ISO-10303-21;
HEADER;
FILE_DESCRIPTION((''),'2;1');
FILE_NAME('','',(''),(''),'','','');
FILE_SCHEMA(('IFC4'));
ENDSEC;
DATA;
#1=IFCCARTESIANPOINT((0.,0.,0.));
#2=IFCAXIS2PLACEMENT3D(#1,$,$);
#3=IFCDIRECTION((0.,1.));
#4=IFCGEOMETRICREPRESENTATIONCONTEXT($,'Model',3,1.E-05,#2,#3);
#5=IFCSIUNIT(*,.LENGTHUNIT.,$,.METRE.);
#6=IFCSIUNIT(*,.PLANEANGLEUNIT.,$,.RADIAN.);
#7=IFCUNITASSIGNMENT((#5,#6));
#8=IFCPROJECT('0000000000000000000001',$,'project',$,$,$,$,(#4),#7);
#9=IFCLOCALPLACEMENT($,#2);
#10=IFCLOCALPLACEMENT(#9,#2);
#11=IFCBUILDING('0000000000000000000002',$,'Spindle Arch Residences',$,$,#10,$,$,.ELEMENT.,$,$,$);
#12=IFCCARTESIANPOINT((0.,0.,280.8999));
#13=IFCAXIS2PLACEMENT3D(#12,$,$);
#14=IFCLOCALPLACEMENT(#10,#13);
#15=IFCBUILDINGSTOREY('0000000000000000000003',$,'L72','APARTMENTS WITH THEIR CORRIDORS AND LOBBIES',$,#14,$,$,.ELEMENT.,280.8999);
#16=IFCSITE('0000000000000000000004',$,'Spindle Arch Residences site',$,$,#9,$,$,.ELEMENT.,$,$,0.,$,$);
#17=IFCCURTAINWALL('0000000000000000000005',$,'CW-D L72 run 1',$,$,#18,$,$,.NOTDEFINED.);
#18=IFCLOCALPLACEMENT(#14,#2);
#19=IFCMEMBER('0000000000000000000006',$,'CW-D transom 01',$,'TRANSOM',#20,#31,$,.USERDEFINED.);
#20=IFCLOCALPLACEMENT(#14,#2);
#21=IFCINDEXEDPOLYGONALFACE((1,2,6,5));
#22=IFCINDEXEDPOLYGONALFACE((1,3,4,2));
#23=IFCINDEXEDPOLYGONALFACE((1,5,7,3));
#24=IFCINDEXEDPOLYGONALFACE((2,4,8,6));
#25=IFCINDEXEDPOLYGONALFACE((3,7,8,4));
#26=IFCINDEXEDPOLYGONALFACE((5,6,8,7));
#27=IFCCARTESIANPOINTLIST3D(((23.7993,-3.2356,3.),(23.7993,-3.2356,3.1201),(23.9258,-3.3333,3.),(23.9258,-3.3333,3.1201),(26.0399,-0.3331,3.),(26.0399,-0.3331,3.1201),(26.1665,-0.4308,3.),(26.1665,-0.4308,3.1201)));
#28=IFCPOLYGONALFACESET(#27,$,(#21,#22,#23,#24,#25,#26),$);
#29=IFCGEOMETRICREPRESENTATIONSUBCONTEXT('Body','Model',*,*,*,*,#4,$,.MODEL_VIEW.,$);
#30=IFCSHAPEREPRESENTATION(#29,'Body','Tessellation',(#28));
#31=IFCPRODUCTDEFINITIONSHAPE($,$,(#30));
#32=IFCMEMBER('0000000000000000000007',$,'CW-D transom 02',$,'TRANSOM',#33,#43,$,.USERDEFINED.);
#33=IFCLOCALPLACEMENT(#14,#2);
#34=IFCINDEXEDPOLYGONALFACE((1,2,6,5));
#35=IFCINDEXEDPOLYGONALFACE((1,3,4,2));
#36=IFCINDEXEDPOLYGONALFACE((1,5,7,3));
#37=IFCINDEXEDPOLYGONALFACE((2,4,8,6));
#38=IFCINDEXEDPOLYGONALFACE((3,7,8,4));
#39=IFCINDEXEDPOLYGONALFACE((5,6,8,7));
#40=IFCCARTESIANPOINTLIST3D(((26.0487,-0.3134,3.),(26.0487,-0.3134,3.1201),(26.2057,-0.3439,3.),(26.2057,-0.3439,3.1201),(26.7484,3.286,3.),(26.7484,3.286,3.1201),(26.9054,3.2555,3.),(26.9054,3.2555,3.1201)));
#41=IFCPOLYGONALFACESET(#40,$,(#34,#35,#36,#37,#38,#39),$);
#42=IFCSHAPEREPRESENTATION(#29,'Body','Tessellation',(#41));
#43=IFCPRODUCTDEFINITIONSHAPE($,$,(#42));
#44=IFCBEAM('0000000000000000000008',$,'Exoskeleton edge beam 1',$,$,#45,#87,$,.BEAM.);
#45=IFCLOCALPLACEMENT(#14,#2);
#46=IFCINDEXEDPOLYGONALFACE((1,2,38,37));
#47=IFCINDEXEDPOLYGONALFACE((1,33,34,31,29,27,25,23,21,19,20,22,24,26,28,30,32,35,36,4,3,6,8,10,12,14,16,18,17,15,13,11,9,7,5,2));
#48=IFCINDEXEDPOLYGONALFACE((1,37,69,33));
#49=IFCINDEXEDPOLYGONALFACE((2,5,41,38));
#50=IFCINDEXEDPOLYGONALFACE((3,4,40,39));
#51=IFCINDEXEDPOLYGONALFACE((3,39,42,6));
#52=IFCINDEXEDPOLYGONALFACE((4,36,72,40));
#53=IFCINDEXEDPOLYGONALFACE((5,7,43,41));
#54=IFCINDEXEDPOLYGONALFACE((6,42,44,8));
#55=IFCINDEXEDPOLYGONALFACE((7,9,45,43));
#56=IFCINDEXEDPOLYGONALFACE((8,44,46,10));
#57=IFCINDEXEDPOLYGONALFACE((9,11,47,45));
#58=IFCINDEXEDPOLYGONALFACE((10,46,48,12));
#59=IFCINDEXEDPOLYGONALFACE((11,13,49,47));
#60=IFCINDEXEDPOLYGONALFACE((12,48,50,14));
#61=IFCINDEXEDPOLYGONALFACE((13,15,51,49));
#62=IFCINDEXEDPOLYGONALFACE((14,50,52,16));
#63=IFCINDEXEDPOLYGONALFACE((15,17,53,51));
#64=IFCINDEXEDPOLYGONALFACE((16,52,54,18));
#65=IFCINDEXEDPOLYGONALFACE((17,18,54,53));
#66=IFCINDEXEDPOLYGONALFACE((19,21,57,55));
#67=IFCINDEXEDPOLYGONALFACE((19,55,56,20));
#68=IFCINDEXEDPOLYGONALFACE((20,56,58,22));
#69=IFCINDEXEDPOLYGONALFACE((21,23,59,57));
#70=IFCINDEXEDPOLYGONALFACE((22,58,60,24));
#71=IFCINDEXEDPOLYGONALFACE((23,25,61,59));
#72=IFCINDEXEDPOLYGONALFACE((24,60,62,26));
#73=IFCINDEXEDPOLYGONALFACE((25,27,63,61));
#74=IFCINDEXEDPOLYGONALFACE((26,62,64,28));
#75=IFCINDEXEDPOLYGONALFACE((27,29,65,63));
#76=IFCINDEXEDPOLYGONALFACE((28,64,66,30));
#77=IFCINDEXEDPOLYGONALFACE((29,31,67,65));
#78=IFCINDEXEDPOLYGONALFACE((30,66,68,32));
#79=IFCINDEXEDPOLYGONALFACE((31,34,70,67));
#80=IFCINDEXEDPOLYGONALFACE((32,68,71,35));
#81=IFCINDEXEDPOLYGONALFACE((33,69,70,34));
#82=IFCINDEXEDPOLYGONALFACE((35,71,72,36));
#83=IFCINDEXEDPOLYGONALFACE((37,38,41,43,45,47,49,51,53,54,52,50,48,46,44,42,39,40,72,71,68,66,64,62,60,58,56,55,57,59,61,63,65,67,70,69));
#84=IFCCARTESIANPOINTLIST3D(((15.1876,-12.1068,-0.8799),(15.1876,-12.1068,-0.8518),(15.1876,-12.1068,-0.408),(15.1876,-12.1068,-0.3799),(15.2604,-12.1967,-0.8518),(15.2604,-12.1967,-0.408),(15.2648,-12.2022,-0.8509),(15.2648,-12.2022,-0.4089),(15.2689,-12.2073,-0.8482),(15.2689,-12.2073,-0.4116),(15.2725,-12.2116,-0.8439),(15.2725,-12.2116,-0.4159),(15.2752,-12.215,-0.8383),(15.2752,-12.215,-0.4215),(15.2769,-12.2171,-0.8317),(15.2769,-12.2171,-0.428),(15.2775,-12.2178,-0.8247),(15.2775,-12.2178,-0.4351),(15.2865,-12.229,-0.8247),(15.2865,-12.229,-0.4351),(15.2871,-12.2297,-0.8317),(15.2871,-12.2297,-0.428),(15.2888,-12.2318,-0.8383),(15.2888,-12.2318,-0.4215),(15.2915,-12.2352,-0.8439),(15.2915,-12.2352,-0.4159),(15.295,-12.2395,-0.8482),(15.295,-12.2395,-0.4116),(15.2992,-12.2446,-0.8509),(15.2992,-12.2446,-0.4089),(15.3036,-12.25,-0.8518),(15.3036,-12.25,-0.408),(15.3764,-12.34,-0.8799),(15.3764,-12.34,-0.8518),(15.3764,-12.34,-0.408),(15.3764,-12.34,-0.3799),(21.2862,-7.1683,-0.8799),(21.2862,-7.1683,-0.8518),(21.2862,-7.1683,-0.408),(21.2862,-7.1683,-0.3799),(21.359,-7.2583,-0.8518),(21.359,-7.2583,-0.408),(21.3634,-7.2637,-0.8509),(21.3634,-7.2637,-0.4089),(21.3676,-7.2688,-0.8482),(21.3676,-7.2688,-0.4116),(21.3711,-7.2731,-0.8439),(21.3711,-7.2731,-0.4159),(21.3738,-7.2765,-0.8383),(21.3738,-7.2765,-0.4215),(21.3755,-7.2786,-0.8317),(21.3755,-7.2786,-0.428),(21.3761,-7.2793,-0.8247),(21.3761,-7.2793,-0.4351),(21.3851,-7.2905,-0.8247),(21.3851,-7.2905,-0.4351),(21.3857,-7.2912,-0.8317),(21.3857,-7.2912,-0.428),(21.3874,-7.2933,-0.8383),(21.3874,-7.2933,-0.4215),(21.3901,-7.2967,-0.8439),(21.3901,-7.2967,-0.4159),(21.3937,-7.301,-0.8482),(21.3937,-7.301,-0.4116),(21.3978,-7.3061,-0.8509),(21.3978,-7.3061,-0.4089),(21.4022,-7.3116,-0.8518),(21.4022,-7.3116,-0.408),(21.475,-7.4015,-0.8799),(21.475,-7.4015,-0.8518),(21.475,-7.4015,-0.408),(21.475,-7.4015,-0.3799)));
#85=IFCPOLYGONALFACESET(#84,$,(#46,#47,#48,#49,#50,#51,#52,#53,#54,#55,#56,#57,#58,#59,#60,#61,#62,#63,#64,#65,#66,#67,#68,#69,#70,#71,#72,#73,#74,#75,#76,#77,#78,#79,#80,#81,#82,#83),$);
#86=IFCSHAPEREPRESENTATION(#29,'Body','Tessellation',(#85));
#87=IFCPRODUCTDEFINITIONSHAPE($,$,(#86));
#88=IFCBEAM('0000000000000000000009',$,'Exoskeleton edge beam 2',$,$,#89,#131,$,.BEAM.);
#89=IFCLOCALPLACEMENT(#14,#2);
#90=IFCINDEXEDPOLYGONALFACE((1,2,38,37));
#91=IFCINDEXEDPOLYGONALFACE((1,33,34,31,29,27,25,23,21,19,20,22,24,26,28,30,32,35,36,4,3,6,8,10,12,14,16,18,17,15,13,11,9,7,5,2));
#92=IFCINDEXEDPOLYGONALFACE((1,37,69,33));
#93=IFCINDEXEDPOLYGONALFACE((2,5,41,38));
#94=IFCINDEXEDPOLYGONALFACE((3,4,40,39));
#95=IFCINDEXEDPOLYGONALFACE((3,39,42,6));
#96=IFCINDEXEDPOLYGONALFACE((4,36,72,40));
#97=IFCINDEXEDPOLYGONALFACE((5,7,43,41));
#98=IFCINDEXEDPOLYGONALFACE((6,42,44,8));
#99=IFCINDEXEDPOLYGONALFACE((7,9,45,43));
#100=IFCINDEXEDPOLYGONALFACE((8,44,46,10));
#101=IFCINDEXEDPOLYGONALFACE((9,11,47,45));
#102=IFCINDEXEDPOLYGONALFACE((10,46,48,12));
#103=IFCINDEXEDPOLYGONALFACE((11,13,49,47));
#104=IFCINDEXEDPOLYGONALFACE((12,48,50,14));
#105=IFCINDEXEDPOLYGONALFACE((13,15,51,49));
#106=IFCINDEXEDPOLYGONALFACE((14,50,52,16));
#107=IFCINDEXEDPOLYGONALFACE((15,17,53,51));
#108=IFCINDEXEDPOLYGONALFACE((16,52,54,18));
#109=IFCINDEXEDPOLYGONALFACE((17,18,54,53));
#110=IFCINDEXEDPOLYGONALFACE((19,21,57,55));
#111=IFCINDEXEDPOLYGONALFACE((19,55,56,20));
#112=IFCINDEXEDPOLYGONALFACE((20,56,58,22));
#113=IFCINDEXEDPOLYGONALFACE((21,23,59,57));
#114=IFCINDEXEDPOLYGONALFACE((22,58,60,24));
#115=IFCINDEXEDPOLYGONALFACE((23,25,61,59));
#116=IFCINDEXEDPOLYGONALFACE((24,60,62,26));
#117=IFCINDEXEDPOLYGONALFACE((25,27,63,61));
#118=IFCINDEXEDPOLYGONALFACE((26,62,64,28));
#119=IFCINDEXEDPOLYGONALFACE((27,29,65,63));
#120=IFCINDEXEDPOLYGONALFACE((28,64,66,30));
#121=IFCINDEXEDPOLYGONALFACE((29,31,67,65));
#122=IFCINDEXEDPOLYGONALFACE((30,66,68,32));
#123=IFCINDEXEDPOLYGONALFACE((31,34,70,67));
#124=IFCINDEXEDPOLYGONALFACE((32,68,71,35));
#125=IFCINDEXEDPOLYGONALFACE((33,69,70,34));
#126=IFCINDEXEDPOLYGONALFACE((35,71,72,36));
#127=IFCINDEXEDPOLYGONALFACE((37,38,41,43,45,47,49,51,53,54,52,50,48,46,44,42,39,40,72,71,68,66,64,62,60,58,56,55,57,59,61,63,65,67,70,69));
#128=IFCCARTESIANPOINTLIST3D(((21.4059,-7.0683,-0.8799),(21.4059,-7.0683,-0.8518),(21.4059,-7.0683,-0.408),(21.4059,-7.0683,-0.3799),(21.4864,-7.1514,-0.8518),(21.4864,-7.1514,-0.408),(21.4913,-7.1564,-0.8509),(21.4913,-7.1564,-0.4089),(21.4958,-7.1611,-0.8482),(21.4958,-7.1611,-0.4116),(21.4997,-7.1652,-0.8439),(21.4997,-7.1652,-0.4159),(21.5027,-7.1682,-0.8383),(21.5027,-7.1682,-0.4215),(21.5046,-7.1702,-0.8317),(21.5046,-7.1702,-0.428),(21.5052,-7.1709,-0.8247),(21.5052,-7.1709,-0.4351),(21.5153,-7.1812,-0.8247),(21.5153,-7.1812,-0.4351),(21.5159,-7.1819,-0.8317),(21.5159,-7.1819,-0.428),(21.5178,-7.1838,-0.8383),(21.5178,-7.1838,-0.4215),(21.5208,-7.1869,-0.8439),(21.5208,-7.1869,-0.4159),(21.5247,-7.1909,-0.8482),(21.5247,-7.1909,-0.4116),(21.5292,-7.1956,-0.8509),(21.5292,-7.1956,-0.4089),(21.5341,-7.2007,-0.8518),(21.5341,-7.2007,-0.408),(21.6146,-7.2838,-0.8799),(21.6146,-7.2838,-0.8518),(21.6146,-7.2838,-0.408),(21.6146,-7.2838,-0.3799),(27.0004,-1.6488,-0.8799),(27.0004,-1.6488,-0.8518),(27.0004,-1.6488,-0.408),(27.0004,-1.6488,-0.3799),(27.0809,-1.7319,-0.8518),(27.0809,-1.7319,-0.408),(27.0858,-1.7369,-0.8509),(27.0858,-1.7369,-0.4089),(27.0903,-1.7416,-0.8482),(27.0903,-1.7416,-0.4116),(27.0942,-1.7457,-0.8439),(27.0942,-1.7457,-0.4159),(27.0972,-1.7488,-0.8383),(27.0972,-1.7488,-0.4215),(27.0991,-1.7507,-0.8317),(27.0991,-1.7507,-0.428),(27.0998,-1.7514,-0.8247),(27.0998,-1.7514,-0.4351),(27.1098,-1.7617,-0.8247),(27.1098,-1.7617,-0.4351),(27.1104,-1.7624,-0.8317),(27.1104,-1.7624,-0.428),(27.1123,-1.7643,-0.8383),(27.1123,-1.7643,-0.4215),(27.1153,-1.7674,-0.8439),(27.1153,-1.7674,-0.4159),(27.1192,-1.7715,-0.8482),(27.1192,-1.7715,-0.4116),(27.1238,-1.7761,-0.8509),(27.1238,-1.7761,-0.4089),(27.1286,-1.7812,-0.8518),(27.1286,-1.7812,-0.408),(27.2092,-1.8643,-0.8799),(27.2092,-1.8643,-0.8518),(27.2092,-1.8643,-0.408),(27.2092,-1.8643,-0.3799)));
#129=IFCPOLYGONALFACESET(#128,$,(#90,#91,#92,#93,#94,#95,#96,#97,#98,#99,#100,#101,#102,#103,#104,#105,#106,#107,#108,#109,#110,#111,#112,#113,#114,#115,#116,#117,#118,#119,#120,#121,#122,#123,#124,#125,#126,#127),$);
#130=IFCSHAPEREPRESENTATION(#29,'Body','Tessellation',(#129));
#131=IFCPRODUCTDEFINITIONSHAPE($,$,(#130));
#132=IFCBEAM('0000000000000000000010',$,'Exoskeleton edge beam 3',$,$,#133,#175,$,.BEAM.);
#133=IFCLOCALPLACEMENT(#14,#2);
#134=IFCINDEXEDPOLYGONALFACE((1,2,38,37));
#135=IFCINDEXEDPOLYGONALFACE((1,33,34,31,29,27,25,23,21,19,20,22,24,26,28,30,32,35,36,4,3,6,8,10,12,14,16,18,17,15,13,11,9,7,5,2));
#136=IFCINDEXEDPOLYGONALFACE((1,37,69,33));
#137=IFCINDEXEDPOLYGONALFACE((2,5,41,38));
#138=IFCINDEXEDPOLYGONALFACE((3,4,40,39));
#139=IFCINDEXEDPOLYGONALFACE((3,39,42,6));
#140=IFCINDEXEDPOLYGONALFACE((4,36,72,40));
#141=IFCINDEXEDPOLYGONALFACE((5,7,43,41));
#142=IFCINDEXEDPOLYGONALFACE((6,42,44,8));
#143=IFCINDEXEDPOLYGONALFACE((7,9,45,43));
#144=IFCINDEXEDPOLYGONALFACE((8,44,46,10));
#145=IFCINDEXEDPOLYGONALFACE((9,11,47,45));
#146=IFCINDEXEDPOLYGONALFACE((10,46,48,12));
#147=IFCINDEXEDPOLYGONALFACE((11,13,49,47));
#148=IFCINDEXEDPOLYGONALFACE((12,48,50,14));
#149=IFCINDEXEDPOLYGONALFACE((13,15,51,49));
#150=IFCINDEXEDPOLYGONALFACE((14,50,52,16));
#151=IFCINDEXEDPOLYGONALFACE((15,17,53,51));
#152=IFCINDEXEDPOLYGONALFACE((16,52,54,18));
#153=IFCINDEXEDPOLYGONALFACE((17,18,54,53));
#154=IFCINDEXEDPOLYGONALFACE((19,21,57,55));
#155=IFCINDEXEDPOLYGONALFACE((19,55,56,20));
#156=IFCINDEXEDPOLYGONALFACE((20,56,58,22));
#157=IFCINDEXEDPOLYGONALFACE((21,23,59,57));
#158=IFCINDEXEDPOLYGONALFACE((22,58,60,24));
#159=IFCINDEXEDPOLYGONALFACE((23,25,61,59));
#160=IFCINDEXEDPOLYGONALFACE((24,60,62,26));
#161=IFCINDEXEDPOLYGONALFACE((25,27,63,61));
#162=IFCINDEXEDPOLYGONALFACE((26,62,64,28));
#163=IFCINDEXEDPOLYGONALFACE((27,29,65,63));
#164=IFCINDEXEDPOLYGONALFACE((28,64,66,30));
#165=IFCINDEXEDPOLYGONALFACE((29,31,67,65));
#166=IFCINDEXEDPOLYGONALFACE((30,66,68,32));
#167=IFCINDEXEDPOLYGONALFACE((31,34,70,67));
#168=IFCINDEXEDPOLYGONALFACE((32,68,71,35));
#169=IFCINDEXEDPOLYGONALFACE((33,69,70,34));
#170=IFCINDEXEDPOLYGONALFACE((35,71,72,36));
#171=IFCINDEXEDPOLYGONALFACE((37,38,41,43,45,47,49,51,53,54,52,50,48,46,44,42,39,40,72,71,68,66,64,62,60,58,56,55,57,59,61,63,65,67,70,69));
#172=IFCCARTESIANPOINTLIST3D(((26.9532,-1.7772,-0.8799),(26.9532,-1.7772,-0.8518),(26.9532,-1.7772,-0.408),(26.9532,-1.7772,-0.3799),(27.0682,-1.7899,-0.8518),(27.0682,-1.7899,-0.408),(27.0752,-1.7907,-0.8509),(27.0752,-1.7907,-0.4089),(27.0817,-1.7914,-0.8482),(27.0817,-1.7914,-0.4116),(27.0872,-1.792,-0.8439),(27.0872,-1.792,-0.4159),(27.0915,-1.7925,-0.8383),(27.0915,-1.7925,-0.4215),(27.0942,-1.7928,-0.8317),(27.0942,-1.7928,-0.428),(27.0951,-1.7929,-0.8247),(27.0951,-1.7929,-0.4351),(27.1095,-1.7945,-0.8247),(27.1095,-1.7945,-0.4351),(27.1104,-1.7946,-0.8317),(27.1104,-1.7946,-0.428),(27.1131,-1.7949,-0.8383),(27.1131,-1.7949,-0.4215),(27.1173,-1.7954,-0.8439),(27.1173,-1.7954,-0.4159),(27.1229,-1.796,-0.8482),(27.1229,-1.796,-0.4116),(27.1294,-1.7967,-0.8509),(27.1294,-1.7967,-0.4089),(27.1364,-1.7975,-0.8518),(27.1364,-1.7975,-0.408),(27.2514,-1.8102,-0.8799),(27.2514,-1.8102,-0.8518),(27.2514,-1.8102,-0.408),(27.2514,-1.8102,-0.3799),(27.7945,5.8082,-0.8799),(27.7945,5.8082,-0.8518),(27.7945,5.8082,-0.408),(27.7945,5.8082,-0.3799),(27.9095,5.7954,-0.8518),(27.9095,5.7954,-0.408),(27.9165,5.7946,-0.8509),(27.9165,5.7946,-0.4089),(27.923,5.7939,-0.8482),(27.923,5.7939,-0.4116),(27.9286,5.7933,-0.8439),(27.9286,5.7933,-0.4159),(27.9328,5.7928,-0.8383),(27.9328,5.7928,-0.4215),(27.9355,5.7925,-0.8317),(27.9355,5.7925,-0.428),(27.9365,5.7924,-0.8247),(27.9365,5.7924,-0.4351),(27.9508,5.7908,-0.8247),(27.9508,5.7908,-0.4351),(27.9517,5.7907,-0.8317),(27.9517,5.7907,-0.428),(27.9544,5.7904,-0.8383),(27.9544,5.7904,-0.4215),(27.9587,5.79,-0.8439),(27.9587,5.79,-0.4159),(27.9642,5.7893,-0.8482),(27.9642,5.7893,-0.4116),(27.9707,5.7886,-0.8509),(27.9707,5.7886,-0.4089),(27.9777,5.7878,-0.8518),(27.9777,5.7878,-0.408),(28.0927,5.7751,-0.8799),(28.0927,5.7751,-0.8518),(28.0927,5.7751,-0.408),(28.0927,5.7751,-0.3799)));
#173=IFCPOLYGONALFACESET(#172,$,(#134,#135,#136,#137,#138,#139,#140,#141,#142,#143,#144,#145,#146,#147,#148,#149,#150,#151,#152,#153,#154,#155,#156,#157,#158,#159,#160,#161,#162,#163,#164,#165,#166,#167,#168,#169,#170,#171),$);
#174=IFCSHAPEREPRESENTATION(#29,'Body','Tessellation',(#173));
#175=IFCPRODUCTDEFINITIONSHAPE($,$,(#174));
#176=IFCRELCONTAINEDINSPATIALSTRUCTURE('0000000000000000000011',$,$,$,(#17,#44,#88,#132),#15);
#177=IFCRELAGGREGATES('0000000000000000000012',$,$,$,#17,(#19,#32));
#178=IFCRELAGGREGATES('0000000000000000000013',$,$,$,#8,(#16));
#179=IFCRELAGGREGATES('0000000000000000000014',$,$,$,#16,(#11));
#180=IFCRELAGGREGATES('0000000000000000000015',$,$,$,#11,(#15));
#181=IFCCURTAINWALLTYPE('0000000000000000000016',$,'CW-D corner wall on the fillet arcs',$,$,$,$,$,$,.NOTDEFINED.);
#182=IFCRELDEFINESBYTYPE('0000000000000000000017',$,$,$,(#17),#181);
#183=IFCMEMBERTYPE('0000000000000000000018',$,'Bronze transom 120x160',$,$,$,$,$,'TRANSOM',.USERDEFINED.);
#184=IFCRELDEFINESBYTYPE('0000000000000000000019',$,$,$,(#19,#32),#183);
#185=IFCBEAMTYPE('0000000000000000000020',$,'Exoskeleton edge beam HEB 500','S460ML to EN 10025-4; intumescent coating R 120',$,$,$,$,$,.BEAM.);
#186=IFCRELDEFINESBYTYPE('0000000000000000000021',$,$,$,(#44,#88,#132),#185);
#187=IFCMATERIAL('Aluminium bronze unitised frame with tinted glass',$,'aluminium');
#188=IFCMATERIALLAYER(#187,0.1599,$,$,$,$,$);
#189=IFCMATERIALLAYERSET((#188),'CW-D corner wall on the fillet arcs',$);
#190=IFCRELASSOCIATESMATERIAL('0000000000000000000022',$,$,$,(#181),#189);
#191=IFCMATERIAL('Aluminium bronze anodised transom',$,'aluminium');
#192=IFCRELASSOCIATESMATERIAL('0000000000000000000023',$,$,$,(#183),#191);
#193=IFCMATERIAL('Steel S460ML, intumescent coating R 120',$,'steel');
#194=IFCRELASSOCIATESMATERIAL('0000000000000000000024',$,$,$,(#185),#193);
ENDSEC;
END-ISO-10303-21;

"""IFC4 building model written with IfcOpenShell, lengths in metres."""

from ifc_helpers import new_model, si_unit, direction, frame, origin, origin_2d, place, context, subcontext, project, spatial, rectangle, i_section, extrude, material, layer, layer_set, material_profile, profile_set, type_object, element, aggregate, save


model = new_model("IFC4")

# Units and contexts
model_context = context("Model", 3, precision=1e-05, world=origin(), true_north=direction((0.0, 1.0)))
body_context = subcontext(model_context, "Body", "Model", "MODEL_VIEW")
ifc_project = project(units=[si_unit("LENGTHUNIT", "METRE"), si_unit("PLANEANGLEUNIT", "RADIAN")], contexts=[model_context])

# Site, building, storey
site_placement = place(None, origin())
site = spatial("IfcSite", under=ifc_project, at=site_placement, Name="Spindle Arch Residences site", CompositionType="ELEMENT", RefElevation=0.0)
building_placement = place(site_placement, origin())
building = spatial("IfcBuilding", under=site, at=building_placement, Name="Spindle Arch Residences", CompositionType="ELEMENT")
storey_placement = place(building_placement, frame((0.0, 0.0, 280.8999)))
storey = spatial("IfcBuildingStorey", under=building, at=storey_placement, Name="L72", Description="APARTMENTS WITH THEIR CORRIDORS AND LOBBIES", CompositionType="ELEMENT", Elevation=280.8999)

# Curtain wall, members
ifc_material_1 = material(Name="Aluminium bronze unitised frame with tinted glass", Category="aluminium")
ifc_layer_1 = layer(ifc_material_1, 0.1599)
ifc_layer_set_1 = layer_set([ifc_layer_1], Name="CW-D corner wall on the fillet arcs")
curtain_wall_type_1 = type_object("IfcCurtainWallType", Name="CW-D corner wall on the fillet arcs", PredefinedType="NOTDEFINED", material=ifc_layer_set_1)
curtain_wall_1_placement = place(storey_placement, origin())
curtain_wall_1 = element("IfcCurtainWall", 1, at=curtain_wall_1_placement, inside=storey, type_object=curtain_wall_type_1, Name="CW-D L72 run 1", PredefinedType="NOTDEFINED")
ifc_material_2 = material(Name="Aluminium bronze anodised transom", Category="aluminium")
ifc_material_profile_1 = material_profile(ifc_material_2, rectangle(XDim=0.1599, YDim=0.1201, at=origin_2d()), Name="TR 120x160")
ifc_profile_set_1 = profile_set([ifc_material_profile_1], Name="Aluminium bronze anodised transom")
member_type_1 = type_object("IfcMemberType", Name="Bronze transom 120x160", ElementType="TRANSOM", PredefinedType="USERDEFINED", material=ifc_profile_set_1)
member_1_placement = place(storey_placement, frame((23.8625, -3.2844, 3.0601), z_axis=(0.611074, 0.791573, 0.0), x_axis=(-0.791573, 0.611074, 0.0)))
member_1 = element("IfcMember", 2, at=member_1_placement, type_object=member_type_1, Name="CW-D transom 01", ObjectType="TRANSOM", PredefinedType="USERDEFINED", context=body_context, shape_type="SweptSolid", body=[
    extrude(rectangle(XDim=0.1599, YDim=0.1201, at=origin_2d()), origin(), (0.0, 0.0, 1.0), 3.6667),
])
member_2_placement = place(storey_placement, frame((26.1272, -0.3286, 3.0601), z_axis=(0.190825, 0.981624, 0.0), x_axis=(-0.981624, 0.190825, 0.0)))
member_2 = element("IfcMember", 3, at=member_2_placement, type_object=member_type_1, Name="CW-D transom 02", ObjectType="TRANSOM", PredefinedType="USERDEFINED", context=body_context, shape_type="SweptSolid", body=[
    extrude(rectangle(XDim=0.1599, YDim=0.1201, at=origin_2d()), origin(), (0.0, 0.0, 1.0), 3.6667),
])

# Beams
ifc_material_3 = material(Name="Steel S460ML, intumescent coating R 120", Category="steel")
ifc_material_profile_2 = material_profile(ifc_material_3, i_section(OverallWidth=0.3, OverallDepth=0.5, WebThickness=0.0144, FlangeThickness=0.0281, FilletRadius=0.0271, at=origin_2d()), Name="HEB 500")
ifc_profile_set_2 = profile_set([ifc_material_profile_2], Name="Steel S460ML, intumescent coating R 120")
beam_type_1 = type_object("IfcBeamType", Name="Exoskeleton edge beam HEB 500", Description="S460ML to EN 10025-4; intumescent coating R 120", PredefinedType="BEAM", material=ifc_profile_set_2)
beam_1_placement = place(storey_placement, frame((15.282, -12.2234, -0.6299), z_axis=(0.777152, 0.629313, 0.0), x_axis=(-0.629313, 0.777152, 0.0)))
element("IfcBeam", 4, at=beam_1_placement, inside=storey, type_object=beam_type_1, Name="Exoskeleton edge beam 1", PredefinedType="BEAM", context=body_context, shape_type="SweptSolid", body=[
    extrude(i_section(OverallWidth=0.3, OverallDepth=0.5, WebThickness=0.0144, FlangeThickness=0.0281, FilletRadius=0.0271, at=origin_2d()), origin(), (0.0, 0.0, 1.0), 7.8474),
])
beam_2_placement = place(storey_placement, frame((21.5103, -7.176, -0.6299), z_axis=(0.718254, 0.695781, 0.0), x_axis=(-0.695781, 0.718254, 0.0)))
element("IfcBeam", 5, at=beam_2_placement, inside=storey, type_object=beam_type_1, Name="Exoskeleton edge beam 2", PredefinedType="BEAM", context=body_context, shape_type="SweptSolid", body=[
    extrude(i_section(OverallWidth=0.3, OverallDepth=0.5, WebThickness=0.0144, FlangeThickness=0.0281, FilletRadius=0.0271, at=origin_2d()), origin(), (0.0, 0.0, 1.0), 7.7891),
])
beam_3_placement = place(storey_placement, frame((27.1023, -1.7937, -0.6299), z_axis=(0.110238, 0.993905, 0.0), x_axis=(-0.993905, 0.110238, 0.0)))
element("IfcBeam", 6, at=beam_3_placement, inside=storey, type_object=beam_type_1, Name="Exoskeleton edge beam 3", PredefinedType="BEAM", context=body_context, shape_type="SweptSolid", body=[
    extrude(i_section(OverallWidth=0.3, OverallDepth=0.5, WebThickness=0.0144, FlangeThickness=0.0281, FilletRadius=0.0271, at=origin_2d()), origin(), (0.0, 0.0, 1.0), 7.6318),
])

aggregate(curtain_wall_1, [member_1, member_2])

save(model, "model.ifc")
